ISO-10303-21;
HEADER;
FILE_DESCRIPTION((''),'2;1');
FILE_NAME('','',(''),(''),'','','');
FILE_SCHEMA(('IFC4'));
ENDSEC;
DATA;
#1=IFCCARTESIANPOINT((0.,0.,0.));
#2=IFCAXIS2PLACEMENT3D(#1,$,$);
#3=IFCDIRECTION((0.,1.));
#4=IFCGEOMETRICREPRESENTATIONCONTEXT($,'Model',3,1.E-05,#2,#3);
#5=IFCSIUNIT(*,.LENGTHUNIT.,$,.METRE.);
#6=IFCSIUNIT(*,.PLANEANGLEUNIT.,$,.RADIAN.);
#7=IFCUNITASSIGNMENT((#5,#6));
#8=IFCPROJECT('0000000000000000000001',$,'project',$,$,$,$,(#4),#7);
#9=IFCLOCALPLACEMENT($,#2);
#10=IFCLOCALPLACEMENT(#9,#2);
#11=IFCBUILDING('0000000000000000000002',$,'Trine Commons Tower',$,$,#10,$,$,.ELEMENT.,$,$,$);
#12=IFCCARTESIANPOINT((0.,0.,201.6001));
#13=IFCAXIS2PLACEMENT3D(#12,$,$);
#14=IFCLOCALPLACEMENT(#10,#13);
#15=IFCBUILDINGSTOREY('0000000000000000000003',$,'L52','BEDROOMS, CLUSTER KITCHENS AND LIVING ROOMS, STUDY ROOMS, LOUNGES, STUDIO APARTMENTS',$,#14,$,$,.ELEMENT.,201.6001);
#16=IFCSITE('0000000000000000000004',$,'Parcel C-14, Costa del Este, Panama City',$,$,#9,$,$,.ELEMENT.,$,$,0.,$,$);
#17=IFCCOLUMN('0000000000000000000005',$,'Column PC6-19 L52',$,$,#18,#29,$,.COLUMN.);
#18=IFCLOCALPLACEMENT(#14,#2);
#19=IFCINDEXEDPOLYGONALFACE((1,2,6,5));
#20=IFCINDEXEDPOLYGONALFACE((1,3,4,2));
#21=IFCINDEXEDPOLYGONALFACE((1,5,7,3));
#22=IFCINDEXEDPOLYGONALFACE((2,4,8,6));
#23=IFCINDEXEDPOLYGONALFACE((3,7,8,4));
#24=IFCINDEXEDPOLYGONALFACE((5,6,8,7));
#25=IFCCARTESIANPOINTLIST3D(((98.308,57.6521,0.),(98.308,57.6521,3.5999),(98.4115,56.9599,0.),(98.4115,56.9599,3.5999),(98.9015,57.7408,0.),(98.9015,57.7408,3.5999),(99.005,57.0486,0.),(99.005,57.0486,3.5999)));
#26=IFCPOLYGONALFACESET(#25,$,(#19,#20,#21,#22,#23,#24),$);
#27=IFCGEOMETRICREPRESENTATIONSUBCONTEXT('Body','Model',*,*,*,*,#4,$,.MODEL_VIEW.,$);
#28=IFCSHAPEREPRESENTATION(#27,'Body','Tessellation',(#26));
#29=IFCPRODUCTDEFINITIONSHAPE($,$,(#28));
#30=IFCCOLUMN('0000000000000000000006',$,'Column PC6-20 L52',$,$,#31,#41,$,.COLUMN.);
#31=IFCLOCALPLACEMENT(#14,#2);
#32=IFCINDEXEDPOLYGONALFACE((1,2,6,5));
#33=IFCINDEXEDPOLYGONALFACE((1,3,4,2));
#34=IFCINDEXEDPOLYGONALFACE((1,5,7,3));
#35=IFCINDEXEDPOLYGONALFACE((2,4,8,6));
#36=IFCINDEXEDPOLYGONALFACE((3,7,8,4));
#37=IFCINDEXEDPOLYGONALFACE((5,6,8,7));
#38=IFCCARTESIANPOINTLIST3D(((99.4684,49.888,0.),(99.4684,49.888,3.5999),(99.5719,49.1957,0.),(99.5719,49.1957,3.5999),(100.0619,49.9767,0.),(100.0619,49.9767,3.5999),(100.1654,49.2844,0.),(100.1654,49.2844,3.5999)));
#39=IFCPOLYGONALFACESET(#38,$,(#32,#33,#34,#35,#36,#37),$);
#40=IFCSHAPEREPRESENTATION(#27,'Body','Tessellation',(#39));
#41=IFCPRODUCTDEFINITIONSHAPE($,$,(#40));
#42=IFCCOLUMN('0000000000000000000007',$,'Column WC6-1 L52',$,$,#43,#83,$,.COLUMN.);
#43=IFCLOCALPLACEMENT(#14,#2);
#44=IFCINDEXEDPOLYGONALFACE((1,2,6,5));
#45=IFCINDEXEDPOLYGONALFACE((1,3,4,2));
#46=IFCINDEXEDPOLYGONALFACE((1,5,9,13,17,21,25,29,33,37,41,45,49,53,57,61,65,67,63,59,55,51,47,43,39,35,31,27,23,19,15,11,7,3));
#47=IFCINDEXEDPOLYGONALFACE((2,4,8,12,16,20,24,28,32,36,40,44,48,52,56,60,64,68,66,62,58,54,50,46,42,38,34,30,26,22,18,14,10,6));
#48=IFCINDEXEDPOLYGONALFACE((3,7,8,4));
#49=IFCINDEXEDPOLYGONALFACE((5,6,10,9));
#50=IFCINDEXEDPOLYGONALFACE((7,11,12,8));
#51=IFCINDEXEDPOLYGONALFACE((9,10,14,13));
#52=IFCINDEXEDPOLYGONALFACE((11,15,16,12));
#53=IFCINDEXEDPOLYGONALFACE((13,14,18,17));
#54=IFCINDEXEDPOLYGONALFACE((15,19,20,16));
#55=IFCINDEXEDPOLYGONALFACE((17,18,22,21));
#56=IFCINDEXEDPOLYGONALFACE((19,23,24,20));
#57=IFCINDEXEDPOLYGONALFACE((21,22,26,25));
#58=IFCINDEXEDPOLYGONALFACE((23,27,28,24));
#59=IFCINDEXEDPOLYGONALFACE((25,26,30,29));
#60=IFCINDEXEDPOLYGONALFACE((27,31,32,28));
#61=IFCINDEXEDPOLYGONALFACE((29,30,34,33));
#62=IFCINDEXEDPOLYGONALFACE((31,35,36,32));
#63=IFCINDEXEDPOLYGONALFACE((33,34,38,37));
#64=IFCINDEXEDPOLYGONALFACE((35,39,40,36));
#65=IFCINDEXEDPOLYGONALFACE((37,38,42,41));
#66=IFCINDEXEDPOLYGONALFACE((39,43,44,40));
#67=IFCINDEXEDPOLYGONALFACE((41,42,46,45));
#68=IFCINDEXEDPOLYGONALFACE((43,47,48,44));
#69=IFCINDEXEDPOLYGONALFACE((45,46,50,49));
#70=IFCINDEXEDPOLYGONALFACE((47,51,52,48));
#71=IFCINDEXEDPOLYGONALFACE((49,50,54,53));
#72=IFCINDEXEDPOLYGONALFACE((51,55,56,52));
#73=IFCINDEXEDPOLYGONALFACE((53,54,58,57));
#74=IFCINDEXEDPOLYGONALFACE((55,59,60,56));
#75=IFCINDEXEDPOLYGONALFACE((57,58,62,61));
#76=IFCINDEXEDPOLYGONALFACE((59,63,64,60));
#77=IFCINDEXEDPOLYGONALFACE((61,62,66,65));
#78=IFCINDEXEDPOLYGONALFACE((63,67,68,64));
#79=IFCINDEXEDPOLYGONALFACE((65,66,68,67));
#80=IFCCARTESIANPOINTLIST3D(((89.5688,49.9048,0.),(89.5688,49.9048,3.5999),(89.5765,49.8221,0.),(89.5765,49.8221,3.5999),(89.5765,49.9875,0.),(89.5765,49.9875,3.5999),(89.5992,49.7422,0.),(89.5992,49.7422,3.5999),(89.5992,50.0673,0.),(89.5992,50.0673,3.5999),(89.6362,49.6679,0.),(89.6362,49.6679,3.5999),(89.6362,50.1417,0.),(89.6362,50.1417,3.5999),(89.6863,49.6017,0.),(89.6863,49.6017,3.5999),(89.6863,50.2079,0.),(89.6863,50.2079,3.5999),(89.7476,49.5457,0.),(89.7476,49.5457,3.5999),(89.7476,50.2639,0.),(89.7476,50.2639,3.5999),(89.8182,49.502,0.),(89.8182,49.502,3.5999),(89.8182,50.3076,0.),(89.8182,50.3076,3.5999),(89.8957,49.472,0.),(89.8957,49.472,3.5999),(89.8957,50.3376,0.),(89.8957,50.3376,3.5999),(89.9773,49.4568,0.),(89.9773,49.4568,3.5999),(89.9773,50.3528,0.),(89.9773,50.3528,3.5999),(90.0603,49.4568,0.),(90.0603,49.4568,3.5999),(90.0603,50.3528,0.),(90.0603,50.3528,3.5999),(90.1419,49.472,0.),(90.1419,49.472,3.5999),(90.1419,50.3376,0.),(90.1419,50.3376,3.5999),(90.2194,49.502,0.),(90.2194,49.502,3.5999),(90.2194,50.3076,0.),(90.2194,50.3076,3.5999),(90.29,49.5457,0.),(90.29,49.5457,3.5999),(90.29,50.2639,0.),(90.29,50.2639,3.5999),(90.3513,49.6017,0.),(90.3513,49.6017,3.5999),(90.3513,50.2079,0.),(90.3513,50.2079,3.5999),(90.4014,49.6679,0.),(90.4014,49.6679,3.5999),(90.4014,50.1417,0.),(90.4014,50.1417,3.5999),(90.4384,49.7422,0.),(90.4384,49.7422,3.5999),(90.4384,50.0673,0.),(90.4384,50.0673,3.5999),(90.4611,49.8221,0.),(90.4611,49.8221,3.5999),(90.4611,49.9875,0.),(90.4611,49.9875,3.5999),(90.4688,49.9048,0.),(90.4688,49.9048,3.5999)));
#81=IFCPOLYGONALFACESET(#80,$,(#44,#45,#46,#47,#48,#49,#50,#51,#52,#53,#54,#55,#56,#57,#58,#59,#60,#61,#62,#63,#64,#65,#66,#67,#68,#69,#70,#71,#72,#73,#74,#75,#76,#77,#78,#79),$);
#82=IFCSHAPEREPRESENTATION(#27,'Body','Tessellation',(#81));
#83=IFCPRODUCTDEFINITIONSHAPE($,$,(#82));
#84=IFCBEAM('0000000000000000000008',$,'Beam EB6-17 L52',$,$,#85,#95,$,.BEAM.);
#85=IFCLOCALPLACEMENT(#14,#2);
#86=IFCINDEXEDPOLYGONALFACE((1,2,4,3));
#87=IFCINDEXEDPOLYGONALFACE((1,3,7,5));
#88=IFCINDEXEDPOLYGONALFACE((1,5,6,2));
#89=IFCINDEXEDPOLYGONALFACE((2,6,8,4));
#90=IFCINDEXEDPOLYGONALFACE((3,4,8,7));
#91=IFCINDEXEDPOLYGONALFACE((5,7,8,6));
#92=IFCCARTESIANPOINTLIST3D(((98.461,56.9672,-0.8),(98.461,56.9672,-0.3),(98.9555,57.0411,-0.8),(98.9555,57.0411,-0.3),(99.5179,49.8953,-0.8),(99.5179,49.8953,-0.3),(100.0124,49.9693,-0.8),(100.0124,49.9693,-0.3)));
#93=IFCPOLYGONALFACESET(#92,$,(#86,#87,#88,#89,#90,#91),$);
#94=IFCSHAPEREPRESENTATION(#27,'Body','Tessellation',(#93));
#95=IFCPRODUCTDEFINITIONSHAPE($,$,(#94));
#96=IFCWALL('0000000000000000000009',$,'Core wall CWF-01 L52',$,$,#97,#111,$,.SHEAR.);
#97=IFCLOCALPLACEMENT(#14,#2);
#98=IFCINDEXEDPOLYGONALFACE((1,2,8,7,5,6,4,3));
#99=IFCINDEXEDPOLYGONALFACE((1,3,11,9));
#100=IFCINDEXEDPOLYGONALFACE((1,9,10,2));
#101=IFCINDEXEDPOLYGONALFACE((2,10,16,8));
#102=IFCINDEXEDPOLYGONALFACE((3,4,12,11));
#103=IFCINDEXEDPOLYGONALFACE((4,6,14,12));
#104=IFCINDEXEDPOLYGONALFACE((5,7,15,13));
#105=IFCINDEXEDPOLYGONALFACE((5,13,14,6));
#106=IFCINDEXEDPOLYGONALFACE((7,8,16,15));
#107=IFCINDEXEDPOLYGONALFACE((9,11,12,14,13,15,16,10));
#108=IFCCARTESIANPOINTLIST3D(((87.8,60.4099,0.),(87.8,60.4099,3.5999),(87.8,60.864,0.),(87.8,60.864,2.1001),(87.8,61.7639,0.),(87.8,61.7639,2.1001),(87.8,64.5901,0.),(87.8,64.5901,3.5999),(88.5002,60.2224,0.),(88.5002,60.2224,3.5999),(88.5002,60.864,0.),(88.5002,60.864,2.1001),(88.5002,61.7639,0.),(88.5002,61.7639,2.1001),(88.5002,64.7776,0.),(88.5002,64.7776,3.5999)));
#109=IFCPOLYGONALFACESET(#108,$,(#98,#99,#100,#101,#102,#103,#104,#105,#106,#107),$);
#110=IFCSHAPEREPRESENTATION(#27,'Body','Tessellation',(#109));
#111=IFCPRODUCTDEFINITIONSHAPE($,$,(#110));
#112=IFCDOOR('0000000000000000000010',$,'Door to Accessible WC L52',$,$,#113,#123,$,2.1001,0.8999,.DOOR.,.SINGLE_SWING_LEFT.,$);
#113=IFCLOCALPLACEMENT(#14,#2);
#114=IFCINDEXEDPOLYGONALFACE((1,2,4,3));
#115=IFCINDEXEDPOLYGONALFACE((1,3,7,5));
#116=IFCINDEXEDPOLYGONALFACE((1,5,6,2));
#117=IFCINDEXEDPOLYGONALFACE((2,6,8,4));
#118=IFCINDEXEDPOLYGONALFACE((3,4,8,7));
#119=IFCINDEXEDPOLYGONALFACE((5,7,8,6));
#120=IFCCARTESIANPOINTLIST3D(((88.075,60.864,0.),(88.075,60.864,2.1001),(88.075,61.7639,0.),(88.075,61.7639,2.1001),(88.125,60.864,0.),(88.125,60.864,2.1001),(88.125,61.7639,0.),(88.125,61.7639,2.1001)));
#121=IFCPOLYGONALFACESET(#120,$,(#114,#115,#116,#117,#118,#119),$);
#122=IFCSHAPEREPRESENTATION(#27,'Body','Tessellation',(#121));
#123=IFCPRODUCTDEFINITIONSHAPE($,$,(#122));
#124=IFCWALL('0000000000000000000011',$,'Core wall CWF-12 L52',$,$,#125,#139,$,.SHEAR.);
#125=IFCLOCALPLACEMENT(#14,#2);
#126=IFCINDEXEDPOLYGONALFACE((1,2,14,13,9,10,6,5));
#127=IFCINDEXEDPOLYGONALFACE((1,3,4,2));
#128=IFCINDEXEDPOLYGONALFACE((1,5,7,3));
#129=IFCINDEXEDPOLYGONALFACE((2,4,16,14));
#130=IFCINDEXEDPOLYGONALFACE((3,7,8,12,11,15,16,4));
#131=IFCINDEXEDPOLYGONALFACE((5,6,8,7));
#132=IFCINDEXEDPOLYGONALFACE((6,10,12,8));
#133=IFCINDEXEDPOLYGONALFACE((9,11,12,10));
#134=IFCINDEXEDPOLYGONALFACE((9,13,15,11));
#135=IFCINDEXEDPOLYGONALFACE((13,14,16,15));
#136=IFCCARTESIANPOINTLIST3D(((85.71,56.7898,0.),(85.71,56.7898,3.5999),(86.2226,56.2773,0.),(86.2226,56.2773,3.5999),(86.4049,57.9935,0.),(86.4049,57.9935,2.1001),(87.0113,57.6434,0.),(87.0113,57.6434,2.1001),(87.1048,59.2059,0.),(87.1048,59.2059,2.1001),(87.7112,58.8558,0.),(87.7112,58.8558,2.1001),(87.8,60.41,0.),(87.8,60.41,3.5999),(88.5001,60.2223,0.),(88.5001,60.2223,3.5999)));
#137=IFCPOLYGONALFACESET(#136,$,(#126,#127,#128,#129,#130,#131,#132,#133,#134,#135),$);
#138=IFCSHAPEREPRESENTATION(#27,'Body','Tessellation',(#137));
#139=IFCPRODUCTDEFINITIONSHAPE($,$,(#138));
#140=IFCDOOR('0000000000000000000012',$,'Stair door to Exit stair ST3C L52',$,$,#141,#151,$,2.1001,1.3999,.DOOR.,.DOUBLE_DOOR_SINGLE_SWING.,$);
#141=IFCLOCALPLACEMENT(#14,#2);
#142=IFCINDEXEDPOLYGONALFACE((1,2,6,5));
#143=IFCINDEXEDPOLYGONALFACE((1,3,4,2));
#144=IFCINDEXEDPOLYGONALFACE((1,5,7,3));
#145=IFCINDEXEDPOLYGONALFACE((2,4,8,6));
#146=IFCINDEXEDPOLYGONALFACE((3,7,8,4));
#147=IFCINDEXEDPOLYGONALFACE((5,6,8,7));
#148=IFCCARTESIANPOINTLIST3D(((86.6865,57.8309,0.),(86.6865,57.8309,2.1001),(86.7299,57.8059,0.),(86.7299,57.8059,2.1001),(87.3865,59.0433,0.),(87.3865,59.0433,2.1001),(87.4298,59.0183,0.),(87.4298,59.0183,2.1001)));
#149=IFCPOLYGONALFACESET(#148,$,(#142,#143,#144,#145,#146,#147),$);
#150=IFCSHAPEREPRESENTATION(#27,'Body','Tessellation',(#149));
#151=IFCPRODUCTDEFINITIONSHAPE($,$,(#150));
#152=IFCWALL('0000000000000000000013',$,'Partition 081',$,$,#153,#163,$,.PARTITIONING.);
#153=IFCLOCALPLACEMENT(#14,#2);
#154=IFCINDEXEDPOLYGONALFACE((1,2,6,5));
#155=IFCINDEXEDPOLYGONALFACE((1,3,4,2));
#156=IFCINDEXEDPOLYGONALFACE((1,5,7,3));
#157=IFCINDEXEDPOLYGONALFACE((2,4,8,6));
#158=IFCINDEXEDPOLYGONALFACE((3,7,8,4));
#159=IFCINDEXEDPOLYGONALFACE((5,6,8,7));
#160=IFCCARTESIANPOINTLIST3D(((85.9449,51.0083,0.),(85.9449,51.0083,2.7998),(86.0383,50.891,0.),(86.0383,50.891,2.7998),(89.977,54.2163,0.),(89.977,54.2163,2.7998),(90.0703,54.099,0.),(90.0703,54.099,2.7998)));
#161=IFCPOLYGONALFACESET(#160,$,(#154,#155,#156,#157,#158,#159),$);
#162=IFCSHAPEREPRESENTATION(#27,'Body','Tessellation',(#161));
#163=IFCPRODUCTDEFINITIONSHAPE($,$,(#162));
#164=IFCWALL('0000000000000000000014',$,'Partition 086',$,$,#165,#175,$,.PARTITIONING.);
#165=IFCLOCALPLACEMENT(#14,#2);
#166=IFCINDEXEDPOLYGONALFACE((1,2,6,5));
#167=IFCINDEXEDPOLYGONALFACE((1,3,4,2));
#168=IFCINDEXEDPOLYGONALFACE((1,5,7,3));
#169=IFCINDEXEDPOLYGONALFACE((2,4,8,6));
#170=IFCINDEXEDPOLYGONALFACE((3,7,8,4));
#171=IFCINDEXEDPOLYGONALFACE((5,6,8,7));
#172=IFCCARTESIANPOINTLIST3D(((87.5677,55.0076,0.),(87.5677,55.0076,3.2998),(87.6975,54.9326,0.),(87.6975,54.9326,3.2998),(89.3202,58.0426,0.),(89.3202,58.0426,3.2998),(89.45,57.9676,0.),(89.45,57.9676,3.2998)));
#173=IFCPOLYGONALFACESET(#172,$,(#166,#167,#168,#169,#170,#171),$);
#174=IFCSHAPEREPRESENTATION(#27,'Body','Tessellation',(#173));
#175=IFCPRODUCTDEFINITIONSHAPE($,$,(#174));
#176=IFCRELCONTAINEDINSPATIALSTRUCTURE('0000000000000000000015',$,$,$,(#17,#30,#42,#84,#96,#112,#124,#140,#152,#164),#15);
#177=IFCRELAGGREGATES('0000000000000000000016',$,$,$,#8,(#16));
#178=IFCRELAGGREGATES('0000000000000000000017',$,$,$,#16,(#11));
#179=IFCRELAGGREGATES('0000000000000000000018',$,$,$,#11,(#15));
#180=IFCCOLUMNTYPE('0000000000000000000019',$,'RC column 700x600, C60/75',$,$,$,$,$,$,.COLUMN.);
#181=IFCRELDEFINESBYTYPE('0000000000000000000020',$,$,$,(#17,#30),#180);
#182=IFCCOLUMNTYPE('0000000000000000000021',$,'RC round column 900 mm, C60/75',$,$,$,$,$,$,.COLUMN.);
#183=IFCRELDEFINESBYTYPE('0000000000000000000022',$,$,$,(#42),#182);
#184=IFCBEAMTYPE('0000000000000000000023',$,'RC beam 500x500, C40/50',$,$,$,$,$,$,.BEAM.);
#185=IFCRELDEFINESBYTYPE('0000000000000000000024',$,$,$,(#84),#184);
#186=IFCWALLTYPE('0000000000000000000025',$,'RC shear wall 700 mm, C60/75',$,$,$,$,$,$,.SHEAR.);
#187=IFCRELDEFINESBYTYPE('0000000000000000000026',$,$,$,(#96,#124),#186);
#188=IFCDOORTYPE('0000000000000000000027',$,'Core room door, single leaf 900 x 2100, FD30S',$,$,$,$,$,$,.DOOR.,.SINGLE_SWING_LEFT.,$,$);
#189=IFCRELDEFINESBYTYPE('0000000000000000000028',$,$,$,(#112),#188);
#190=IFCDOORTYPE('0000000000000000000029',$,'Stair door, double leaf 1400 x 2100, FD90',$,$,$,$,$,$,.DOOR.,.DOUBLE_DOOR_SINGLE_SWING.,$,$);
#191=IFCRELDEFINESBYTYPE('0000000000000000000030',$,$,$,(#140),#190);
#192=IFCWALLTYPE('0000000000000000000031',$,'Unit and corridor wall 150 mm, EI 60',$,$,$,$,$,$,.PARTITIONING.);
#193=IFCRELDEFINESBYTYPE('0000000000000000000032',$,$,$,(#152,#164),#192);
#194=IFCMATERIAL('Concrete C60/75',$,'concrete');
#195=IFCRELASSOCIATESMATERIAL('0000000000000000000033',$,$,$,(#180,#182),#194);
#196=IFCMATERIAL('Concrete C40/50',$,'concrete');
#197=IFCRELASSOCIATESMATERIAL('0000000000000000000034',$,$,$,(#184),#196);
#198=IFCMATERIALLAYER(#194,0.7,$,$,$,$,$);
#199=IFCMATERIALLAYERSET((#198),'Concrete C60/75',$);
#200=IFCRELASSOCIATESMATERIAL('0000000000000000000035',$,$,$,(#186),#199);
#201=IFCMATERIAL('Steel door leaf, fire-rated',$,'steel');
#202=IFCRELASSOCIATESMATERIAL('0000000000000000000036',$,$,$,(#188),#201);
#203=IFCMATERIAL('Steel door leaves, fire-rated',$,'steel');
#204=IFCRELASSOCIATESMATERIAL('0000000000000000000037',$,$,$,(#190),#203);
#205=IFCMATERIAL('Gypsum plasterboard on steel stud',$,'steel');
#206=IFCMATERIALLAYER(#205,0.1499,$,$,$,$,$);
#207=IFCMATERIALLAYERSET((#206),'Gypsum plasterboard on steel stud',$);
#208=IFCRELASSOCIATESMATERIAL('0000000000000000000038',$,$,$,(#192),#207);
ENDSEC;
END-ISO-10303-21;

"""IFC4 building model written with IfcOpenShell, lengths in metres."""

from ifc_helpers import new_model, si_unit, direction, frame, frame_2d, origin, origin_2d, place, context, subcontext, project, spatial, polyline, rectangle, circle, outline, extrude, material, layer, layer_set, material_profile, profile_set, type_object, element, fill, save


model = new_model("IFC4")

# Units and contexts
model_context = context("Model", 3, precision=1e-05, world=origin(), true_north=direction((0.0, 1.0)))
body_context = subcontext(model_context, "Body", "Model", "MODEL_VIEW")
ifc_project = project(units=[si_unit("LENGTHUNIT", "METRE"), si_unit("PLANEANGLEUNIT", "RADIAN")], contexts=[model_context])

# Site, building, storey
site_placement = place(None, origin())
site = spatial("IfcSite", under=ifc_project, at=site_placement, Name="Parcel C-14, Costa del Este, Panama City", CompositionType="ELEMENT", RefElevation=0.0)
building_placement = place(site_placement, origin())
building = spatial("IfcBuilding", under=site, at=building_placement, Name="Trine Commons Tower", CompositionType="ELEMENT")
storey_placement = place(building_placement, frame((0.0, 0.0, 201.6001)))
storey = spatial("IfcBuildingStorey", under=building, at=storey_placement, Name="L52", Description="BEDROOMS, CLUSTER KITCHENS AND LIVING ROOMS, STUDY ROOMS, LOUNGES, STUDIO APARTMENTS", CompositionType="ELEMENT", Elevation=201.6001)

# Columns
ifc_material_1 = material(Name="Concrete C60/75", Category="concrete")
ifc_material_profile_1 = material_profile(ifc_material_1, rectangle(XDim=0.7, YDim=0.6001, at=origin_2d()), Name="RC 700x600")
ifc_profile_set_1 = profile_set([ifc_material_profile_1], Name="Concrete C60/75")
column_type_1 = type_object("IfcColumnType", Name="RC column 700x600, C60/75", PredefinedType="COLUMN", material=ifc_profile_set_1)
for number, where, z_axis, x_axis, name in (
    (1, (98.6565, 57.3503, 0.0), (0.0, 0.0, 1.0), (-0.147809, 0.989016, 0.0), "Column PC6-19 L52"),
    (2, (99.8169, 49.5862, 0.0), (0.0, 0.0, 1.0), (-0.147809, 0.989016, 0.0), "Column PC6-20 L52"),
):
    element("IfcColumn", number, at=place(storey_placement, frame(where, z_axis=z_axis, x_axis=x_axis)), inside=storey, type_object=column_type_1, Name=name, PredefinedType="COLUMN", context=body_context, shape_type="SweptSolid", body=[
        extrude(rectangle(XDim=0.7, YDim=0.6001, at=origin_2d()), origin(), (0.0, 0.0, 1.0), 3.5999),
    ])
ifc_material_profile_2 = material_profile(ifc_material_1, circle(Radius=0.45, at=origin_2d()), Name="RC round 900")
ifc_profile_set_2 = profile_set([ifc_material_profile_2], Name="Concrete C60/75")
column_type_2 = type_object("IfcColumnType", Name="RC round column 900 mm, C60/75", PredefinedType="COLUMN", material=ifc_profile_set_2)
column_placement = place(storey_placement, frame((90.0188, 49.9048, 0.0), z_axis=(0.0, 0.0, 1.0), x_axis=(1.0, 0.0, 0.0)))
element("IfcColumn", 3, at=column_placement, inside=storey, type_object=column_type_2, Name="Column WC6-1 L52", PredefinedType="COLUMN", context=body_context, shape_type="SweptSolid", body=[
    extrude(circle(Radius=0.45, at=origin_2d()), origin(), (0.0, 0.0, 1.0), 3.5999),
])

# Beam
ifc_material_2 = material(Name="Concrete C40/50", Category="concrete")
ifc_material_profile_3 = material_profile(ifc_material_2, rectangle(XDim=0.5, YDim=0.5, at=origin_2d()), Name="RC 500x500")
ifc_profile_set_3 = profile_set([ifc_material_profile_3], Name="Concrete C40/50")
beam_type = type_object("IfcBeamType", Name="RC beam 500x500, C40/50", PredefinedType="BEAM", material=ifc_profile_set_3)
beam_placement = place(storey_placement, frame((98.7083, 57.0042, -0.55), z_axis=(0.147809, -0.989016, 0.0), x_axis=(0.989016, 0.147809, 0.0)))
element("IfcBeam", 4, at=beam_placement, inside=storey, type_object=beam_type, Name="Beam EB6-17 L52", PredefinedType="BEAM", context=body_context, shape_type="SweptSolid", body=[
    extrude(rectangle(XDim=0.5, YDim=0.5, at=origin_2d()), origin(), (0.0, 0.0, 1.0), 7.1504),
])

# Walls, openings, doors
ifc_layer_1 = layer(ifc_material_1, 0.7)
ifc_layer_set_1 = layer_set([ifc_layer_1], Name="Concrete C60/75")
wall_type_1 = type_object("IfcWallType", Name="RC shear wall 700 mm, C60/75", PredefinedType="SHEAR", material=ifc_layer_set_1)
wall_1_placement = place(storey_placement, frame((88.1501, 60.2224, 0.0), z_axis=(0.0, 0.0, 1.0), x_axis=(0.0, 1.0, 0.0)))
wall_1 = element("IfcWall", 5, at=wall_1_placement, inside=storey, type_object=wall_type_1, Name="Core wall CWF-01 L52", PredefinedType="SHEAR", context=body_context, shape_type="SweptSolid", body=[
    extrude(outline(polyline([(0.0, -0.3501), (4.5552, -0.3501), (4.3677, 0.3501), (0.1875, 0.3501), (0.0, -0.3501)])), origin(), (0.0, 0.0, 1.0), 3.5999),
])
opening_1_placement = place(wall_1_placement, frame((0.6416, 0.0, 0.0)))
opening_1 = element("IfcOpeningElement", 6, at=opening_1_placement, cuts=wall_1, PredefinedType="OPENING", context=body_context, shape_type="SweptSolid", body=[
    extrude(rectangle(XDim=0.8999, YDim=2.1001, at=frame_2d((0.45, 1.05))), frame((0.0, 0.3599, 0.0), z_axis=(0.0, -1.0, 0.0), x_axis=(1.0, 0.0, 0.0)), (0.0, 0.0, 1.0), 0.72),
])
ifc_material_3 = material(Name="Steel door leaf, fire-rated", Category="steel")
door_type_1 = type_object("IfcDoorType", Name="Core room door, single leaf 900 x 2100, FD30S", OperationType="SINGLE_SWING_LEFT", PredefinedType="DOOR", material=ifc_material_3)
door_1_placement = place(opening_1_placement, origin())
door_1 = element("IfcDoor", 7, at=door_1_placement, inside=storey, type_object=door_type_1, Name="Door to Accessible WC L52", OperationType="SINGLE_SWING_LEFT", OverallHeight=2.1001, OverallWidth=0.8999, PredefinedType="DOOR", context=body_context, shape_type="SweptSolid", body=[
    extrude(rectangle(XDim=0.8999, YDim=2.1001, at=frame_2d((0.45, 1.05))), frame((0.0, 0.0752, 0.0), z_axis=(0.0, -1.0, 0.0), x_axis=(1.0, 0.0, 0.0)), (0.0, 0.0, 1.0), 0.05),
])
fill(opening_1, door_1)
wall_2_placement = place(storey_placement, frame((85.9194, 56.4524, 0.0), z_axis=(0.0, 0.0, 1.0), x_axis=(0.499984, 0.866035, 0.0)))
wall_2 = element("IfcWall", 8, at=wall_2_placement, inside=storey, type_object=wall_type_1, Name="Core wall CWF-12 L52", PredefinedType="SHEAR", context=body_context, shape_type="SweptSolid", body=[
    extrude(outline(polyline([(0.0, -0.3501), (4.5552, -0.3501), (4.3677, 0.3501), (0.1875, 0.3501), (0.0, -0.3501)])), origin(), (0.0, 0.0, 1.0), 3.5999),
])
opening_2_placement = place(wall_2_placement, frame((1.5774, 0.0, 0.0)))
opening_2 = element("IfcOpeningElement", 9, at=opening_2_placement, cuts=wall_2, PredefinedType="OPENING", context=body_context, shape_type="SweptSolid", body=[
    extrude(rectangle(XDim=1.3999, YDim=2.1001, at=frame_2d((0.7, 1.05))), frame((0.0, 0.3599, 0.0), z_axis=(0.0, -1.0, 0.0), x_axis=(1.0, 0.0, 0.0)), (0.0, 0.0, 1.0), 0.72),
])
ifc_material_4 = material(Name="Steel door leaves, fire-rated", Category="steel")
door_type_2 = type_object("IfcDoorType", Name="Stair door, double leaf 1400 x 2100, FD90", OperationType="DOUBLE_DOOR_SINGLE_SWING", PredefinedType="DOOR", material=ifc_material_4)
door_2_placement = place(opening_2_placement, origin())
door_2 = element("IfcDoor", 10, at=door_2_placement, inside=storey, type_object=door_type_2, Name="Stair door to Exit stair ST3C L52", OperationType="DOUBLE_DOOR_SINGLE_SWING", OverallHeight=2.1001, OverallWidth=1.3999, PredefinedType="DOOR", context=body_context, shape_type="SweptSolid", body=[
    extrude(rectangle(XDim=1.3999, YDim=2.1001, at=frame_2d((0.7, 1.05))), frame((0.0, 0.0249, 0.0), z_axis=(0.0, -1.0, 0.0), x_axis=(1.0, 0.0, 0.0)), (0.0, 0.0, 1.0), 0.05),
])
fill(opening_2, door_2)

# Walls
ifc_material_5 = material(Name="Gypsum plasterboard on steel stud", Category="steel")
ifc_layer_2 = layer(ifc_material_5, 0.1499)
ifc_layer_set_2 = layer_set([ifc_layer_2], Name="Gypsum plasterboard on steel stud")
wall_type_2 = type_object("IfcWallType", Name="Unit and corridor wall 150 mm, EI 60", PredefinedType="PARTITIONING", material=ifc_layer_set_2)
wall_3_placement = place(storey_placement, frame((85.9917, 50.9497, 0.0), z_axis=(0.0, 0.0, 1.0), x_axis=(0.78253, 0.622613, 0.0)))
element("IfcWall", 11, at=wall_3_placement, inside=storey, type_object=wall_type_2, Name="Partition 081", PredefinedType="PARTITIONING", context=body_context, shape_type="SweptSolid", body=[
    extrude(rectangle(XDim=5.1526, YDim=0.1499, at=frame_2d((2.5762, 0.0))), origin(), (0.0, 0.0, 1.0), 2.7998),
])
wall_4_placement = place(storey_placement, frame((87.6326, 54.97, 0.0), z_axis=(0.0, 0.0, 1.0), x_axis=(0.50005, 0.865996, 0.0)))
element("IfcWall", 12, at=wall_4_placement, inside=storey, type_object=wall_type_2, Name="Partition 086", PredefinedType="PARTITIONING", context=body_context, shape_type="SweptSolid", body=[
    extrude(rectangle(XDim=3.5046, YDim=0.1499, at=frame_2d((1.7524, 0.0))), origin(), (0.0, 0.0, 1.0), 3.2998),
])

save(model, "model.ifc")
